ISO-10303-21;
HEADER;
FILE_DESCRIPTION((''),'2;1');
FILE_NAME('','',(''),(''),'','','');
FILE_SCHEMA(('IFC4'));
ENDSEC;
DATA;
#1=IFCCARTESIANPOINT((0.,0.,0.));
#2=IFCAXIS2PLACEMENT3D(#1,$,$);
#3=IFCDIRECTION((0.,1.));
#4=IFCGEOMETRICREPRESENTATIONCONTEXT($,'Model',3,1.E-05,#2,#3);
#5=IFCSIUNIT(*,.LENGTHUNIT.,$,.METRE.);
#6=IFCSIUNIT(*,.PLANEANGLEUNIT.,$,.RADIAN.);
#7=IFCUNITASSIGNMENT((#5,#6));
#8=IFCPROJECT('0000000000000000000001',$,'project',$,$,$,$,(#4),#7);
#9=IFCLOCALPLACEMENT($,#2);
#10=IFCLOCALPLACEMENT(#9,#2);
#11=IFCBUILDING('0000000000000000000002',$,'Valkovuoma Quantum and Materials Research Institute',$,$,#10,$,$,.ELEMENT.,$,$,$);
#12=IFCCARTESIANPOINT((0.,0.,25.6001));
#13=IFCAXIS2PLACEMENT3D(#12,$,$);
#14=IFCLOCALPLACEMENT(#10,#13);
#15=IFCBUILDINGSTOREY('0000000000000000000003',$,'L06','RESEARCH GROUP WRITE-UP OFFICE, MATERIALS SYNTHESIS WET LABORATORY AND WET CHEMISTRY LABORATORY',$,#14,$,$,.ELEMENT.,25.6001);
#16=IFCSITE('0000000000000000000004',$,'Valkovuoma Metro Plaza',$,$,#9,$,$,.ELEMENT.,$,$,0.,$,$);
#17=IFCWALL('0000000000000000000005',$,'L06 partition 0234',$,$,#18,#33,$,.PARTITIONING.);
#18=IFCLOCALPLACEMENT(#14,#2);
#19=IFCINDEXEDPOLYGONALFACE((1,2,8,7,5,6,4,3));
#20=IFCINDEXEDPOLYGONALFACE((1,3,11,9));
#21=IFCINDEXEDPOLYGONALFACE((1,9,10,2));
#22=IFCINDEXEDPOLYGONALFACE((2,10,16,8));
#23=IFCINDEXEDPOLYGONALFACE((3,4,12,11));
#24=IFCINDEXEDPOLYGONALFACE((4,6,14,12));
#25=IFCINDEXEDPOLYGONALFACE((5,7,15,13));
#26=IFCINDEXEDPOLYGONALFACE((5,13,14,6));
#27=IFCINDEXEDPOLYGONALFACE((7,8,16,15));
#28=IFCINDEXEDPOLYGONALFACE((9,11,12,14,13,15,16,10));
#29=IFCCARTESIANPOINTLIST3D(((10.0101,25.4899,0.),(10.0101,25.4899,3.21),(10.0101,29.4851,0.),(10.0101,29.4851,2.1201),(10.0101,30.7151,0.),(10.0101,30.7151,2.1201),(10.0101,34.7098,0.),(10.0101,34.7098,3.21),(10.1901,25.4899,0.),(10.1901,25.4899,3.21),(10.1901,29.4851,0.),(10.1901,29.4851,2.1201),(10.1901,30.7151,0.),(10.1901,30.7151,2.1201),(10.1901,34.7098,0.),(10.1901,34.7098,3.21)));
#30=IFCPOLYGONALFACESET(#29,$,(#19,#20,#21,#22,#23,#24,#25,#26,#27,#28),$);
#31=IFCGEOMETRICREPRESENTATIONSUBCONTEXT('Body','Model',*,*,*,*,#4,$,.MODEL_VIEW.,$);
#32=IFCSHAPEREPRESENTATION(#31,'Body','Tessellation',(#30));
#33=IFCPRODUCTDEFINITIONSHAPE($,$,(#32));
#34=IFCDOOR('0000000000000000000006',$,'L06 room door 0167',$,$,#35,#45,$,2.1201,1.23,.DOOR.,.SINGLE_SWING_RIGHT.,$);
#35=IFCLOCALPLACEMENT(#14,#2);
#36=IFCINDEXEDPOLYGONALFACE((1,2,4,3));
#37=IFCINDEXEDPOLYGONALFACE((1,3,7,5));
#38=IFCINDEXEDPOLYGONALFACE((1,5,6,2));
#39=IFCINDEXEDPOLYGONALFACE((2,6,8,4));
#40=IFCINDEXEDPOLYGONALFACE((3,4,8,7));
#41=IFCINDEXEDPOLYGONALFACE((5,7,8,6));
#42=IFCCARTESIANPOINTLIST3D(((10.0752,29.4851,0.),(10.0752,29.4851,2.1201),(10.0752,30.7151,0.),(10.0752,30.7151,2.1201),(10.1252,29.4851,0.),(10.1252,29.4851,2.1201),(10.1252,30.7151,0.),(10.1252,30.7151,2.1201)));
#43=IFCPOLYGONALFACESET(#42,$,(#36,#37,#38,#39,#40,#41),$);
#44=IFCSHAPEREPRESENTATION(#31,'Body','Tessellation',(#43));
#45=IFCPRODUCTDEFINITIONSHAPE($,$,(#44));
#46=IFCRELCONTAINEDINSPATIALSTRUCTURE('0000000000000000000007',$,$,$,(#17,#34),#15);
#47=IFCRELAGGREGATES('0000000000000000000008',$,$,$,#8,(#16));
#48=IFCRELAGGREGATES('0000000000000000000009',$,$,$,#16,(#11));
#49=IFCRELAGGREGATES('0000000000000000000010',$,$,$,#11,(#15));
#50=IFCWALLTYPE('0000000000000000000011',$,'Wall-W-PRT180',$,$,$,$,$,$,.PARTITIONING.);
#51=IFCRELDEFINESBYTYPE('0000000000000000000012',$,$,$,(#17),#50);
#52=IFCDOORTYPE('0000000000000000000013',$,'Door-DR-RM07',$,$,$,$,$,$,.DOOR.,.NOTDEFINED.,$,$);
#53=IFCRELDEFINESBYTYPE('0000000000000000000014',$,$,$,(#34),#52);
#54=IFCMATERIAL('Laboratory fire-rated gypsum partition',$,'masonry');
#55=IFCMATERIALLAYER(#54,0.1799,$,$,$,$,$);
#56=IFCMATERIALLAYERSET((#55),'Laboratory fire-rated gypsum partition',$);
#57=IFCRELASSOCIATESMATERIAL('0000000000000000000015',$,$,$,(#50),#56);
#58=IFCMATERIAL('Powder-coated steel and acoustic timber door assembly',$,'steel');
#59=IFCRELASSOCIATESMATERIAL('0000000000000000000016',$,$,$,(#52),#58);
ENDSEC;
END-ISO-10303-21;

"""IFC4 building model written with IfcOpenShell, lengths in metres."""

from ifc_helpers import new_model, si_unit, direction, frame, frame_2d, origin, place, context, subcontext, project, spatial, rectangle, extrude, material, layer, layer_set, type_object, element, fill, save


model = new_model("IFC4")

# Units and contexts
model_context = context("Model", 3, precision=1e-05, world=origin(), true_north=direction((0.0, 1.0)))
body_context = subcontext(model_context, "Body", "Model", "MODEL_VIEW")
ifc_project = project(units=[si_unit("LENGTHUNIT", "METRE"), si_unit("PLANEANGLEUNIT", "RADIAN")], contexts=[model_context])

# Site, building, storey
site_placement = place(None, origin())
site = spatial("IfcSite", under=ifc_project, at=site_placement, Name="Valkovuoma Metro Plaza", CompositionType="ELEMENT", RefElevation=0.0)
building_placement = place(site_placement, origin())
building = spatial("IfcBuilding", under=site, at=building_placement, Name="Valkovuoma Quantum and Materials Research Institute", CompositionType="ELEMENT")
storey_placement = place(building_placement, frame((0.0, 0.0, 25.6001)))
storey = spatial("IfcBuildingStorey", under=building, at=storey_placement, Name="L06", Description="RESEARCH GROUP WRITE-UP OFFICE, MATERIALS SYNTHESIS WET LABORATORY AND WET CHEMISTRY LABORATORY", CompositionType="ELEMENT", Elevation=25.6001)

# Wall, opening, door
ifc_material_1 = material(Name="Laboratory fire-rated gypsum partition", Category="masonry")
ifc_layer_1 = layer(ifc_material_1, 0.1799)
ifc_layer_set_1 = layer_set([ifc_layer_1], Name="Laboratory fire-rated gypsum partition")
wall_type_1 = type_object("IfcWallType", Name="Wall-W-PRT180", PredefinedType="PARTITIONING", material=ifc_layer_set_1)
wall_1_placement = place(storey_placement, frame((10.1001, 25.49, 0.0), z_axis=(0.0, 0.0, 1.0), x_axis=(0.0, 1.0, 0.0)))
wall_1 = element("IfcWall", 1, at=wall_1_placement, inside=storey, type_object=wall_type_1, Name="L06 partition 0234", PredefinedType="PARTITIONING", context=body_context, shape_type="SweptSolid", body=[
    extrude(rectangle(XDim=9.22, YDim=0.1799, at=frame_2d((4.6099, 0.0))), origin(), (0.0, 0.0, 1.0), 3.21),
])
opening_1_placement = place(wall_1_placement, frame((3.9951, 0.0, 0.0)))
opening_1 = element("IfcOpeningElement", 2, at=opening_1_placement, cuts=wall_1, PredefinedType="OPENING", context=body_context, shape_type="SweptSolid", body=[
    extrude(rectangle(XDim=1.23, YDim=2.1201, at=frame_2d((0.615, 1.0601))), frame((0.0, 0.1001, 0.0), z_axis=(0.0, -1.0, 0.0), x_axis=(1.0, 0.0, 0.0)), (0.0, 0.0, 1.0), 0.2),
])
ifc_material_2 = material(Name="Powder-coated steel and acoustic timber door assembly", Category="steel")
door_type_1 = type_object("IfcDoorType", Name="Door-DR-RM07", OperationType="NOTDEFINED", PredefinedType="DOOR", material=ifc_material_2)
door_1_placement = place(opening_1_placement, origin())
door_1 = element("IfcDoor", 3, at=door_1_placement, inside=storey, type_object=door_type_1, Name="L06 room door 0167", OperationType="SINGLE_SWING_RIGHT", OverallHeight=2.1201, OverallWidth=1.23, PredefinedType="DOOR", context=body_context, shape_type="SweptSolid", body=[
    extrude(rectangle(XDim=1.23, YDim=2.1201, at=frame_2d((0.615, 1.0601))), frame((0.0, 0.0249, 0.0), z_axis=(0.0, -1.0, 0.0), x_axis=(1.0, 0.0, 0.0)), (0.0, 0.0, 1.0), 0.05),
])
fill(opening_1, door_1)

save(model, "model.ifc")
